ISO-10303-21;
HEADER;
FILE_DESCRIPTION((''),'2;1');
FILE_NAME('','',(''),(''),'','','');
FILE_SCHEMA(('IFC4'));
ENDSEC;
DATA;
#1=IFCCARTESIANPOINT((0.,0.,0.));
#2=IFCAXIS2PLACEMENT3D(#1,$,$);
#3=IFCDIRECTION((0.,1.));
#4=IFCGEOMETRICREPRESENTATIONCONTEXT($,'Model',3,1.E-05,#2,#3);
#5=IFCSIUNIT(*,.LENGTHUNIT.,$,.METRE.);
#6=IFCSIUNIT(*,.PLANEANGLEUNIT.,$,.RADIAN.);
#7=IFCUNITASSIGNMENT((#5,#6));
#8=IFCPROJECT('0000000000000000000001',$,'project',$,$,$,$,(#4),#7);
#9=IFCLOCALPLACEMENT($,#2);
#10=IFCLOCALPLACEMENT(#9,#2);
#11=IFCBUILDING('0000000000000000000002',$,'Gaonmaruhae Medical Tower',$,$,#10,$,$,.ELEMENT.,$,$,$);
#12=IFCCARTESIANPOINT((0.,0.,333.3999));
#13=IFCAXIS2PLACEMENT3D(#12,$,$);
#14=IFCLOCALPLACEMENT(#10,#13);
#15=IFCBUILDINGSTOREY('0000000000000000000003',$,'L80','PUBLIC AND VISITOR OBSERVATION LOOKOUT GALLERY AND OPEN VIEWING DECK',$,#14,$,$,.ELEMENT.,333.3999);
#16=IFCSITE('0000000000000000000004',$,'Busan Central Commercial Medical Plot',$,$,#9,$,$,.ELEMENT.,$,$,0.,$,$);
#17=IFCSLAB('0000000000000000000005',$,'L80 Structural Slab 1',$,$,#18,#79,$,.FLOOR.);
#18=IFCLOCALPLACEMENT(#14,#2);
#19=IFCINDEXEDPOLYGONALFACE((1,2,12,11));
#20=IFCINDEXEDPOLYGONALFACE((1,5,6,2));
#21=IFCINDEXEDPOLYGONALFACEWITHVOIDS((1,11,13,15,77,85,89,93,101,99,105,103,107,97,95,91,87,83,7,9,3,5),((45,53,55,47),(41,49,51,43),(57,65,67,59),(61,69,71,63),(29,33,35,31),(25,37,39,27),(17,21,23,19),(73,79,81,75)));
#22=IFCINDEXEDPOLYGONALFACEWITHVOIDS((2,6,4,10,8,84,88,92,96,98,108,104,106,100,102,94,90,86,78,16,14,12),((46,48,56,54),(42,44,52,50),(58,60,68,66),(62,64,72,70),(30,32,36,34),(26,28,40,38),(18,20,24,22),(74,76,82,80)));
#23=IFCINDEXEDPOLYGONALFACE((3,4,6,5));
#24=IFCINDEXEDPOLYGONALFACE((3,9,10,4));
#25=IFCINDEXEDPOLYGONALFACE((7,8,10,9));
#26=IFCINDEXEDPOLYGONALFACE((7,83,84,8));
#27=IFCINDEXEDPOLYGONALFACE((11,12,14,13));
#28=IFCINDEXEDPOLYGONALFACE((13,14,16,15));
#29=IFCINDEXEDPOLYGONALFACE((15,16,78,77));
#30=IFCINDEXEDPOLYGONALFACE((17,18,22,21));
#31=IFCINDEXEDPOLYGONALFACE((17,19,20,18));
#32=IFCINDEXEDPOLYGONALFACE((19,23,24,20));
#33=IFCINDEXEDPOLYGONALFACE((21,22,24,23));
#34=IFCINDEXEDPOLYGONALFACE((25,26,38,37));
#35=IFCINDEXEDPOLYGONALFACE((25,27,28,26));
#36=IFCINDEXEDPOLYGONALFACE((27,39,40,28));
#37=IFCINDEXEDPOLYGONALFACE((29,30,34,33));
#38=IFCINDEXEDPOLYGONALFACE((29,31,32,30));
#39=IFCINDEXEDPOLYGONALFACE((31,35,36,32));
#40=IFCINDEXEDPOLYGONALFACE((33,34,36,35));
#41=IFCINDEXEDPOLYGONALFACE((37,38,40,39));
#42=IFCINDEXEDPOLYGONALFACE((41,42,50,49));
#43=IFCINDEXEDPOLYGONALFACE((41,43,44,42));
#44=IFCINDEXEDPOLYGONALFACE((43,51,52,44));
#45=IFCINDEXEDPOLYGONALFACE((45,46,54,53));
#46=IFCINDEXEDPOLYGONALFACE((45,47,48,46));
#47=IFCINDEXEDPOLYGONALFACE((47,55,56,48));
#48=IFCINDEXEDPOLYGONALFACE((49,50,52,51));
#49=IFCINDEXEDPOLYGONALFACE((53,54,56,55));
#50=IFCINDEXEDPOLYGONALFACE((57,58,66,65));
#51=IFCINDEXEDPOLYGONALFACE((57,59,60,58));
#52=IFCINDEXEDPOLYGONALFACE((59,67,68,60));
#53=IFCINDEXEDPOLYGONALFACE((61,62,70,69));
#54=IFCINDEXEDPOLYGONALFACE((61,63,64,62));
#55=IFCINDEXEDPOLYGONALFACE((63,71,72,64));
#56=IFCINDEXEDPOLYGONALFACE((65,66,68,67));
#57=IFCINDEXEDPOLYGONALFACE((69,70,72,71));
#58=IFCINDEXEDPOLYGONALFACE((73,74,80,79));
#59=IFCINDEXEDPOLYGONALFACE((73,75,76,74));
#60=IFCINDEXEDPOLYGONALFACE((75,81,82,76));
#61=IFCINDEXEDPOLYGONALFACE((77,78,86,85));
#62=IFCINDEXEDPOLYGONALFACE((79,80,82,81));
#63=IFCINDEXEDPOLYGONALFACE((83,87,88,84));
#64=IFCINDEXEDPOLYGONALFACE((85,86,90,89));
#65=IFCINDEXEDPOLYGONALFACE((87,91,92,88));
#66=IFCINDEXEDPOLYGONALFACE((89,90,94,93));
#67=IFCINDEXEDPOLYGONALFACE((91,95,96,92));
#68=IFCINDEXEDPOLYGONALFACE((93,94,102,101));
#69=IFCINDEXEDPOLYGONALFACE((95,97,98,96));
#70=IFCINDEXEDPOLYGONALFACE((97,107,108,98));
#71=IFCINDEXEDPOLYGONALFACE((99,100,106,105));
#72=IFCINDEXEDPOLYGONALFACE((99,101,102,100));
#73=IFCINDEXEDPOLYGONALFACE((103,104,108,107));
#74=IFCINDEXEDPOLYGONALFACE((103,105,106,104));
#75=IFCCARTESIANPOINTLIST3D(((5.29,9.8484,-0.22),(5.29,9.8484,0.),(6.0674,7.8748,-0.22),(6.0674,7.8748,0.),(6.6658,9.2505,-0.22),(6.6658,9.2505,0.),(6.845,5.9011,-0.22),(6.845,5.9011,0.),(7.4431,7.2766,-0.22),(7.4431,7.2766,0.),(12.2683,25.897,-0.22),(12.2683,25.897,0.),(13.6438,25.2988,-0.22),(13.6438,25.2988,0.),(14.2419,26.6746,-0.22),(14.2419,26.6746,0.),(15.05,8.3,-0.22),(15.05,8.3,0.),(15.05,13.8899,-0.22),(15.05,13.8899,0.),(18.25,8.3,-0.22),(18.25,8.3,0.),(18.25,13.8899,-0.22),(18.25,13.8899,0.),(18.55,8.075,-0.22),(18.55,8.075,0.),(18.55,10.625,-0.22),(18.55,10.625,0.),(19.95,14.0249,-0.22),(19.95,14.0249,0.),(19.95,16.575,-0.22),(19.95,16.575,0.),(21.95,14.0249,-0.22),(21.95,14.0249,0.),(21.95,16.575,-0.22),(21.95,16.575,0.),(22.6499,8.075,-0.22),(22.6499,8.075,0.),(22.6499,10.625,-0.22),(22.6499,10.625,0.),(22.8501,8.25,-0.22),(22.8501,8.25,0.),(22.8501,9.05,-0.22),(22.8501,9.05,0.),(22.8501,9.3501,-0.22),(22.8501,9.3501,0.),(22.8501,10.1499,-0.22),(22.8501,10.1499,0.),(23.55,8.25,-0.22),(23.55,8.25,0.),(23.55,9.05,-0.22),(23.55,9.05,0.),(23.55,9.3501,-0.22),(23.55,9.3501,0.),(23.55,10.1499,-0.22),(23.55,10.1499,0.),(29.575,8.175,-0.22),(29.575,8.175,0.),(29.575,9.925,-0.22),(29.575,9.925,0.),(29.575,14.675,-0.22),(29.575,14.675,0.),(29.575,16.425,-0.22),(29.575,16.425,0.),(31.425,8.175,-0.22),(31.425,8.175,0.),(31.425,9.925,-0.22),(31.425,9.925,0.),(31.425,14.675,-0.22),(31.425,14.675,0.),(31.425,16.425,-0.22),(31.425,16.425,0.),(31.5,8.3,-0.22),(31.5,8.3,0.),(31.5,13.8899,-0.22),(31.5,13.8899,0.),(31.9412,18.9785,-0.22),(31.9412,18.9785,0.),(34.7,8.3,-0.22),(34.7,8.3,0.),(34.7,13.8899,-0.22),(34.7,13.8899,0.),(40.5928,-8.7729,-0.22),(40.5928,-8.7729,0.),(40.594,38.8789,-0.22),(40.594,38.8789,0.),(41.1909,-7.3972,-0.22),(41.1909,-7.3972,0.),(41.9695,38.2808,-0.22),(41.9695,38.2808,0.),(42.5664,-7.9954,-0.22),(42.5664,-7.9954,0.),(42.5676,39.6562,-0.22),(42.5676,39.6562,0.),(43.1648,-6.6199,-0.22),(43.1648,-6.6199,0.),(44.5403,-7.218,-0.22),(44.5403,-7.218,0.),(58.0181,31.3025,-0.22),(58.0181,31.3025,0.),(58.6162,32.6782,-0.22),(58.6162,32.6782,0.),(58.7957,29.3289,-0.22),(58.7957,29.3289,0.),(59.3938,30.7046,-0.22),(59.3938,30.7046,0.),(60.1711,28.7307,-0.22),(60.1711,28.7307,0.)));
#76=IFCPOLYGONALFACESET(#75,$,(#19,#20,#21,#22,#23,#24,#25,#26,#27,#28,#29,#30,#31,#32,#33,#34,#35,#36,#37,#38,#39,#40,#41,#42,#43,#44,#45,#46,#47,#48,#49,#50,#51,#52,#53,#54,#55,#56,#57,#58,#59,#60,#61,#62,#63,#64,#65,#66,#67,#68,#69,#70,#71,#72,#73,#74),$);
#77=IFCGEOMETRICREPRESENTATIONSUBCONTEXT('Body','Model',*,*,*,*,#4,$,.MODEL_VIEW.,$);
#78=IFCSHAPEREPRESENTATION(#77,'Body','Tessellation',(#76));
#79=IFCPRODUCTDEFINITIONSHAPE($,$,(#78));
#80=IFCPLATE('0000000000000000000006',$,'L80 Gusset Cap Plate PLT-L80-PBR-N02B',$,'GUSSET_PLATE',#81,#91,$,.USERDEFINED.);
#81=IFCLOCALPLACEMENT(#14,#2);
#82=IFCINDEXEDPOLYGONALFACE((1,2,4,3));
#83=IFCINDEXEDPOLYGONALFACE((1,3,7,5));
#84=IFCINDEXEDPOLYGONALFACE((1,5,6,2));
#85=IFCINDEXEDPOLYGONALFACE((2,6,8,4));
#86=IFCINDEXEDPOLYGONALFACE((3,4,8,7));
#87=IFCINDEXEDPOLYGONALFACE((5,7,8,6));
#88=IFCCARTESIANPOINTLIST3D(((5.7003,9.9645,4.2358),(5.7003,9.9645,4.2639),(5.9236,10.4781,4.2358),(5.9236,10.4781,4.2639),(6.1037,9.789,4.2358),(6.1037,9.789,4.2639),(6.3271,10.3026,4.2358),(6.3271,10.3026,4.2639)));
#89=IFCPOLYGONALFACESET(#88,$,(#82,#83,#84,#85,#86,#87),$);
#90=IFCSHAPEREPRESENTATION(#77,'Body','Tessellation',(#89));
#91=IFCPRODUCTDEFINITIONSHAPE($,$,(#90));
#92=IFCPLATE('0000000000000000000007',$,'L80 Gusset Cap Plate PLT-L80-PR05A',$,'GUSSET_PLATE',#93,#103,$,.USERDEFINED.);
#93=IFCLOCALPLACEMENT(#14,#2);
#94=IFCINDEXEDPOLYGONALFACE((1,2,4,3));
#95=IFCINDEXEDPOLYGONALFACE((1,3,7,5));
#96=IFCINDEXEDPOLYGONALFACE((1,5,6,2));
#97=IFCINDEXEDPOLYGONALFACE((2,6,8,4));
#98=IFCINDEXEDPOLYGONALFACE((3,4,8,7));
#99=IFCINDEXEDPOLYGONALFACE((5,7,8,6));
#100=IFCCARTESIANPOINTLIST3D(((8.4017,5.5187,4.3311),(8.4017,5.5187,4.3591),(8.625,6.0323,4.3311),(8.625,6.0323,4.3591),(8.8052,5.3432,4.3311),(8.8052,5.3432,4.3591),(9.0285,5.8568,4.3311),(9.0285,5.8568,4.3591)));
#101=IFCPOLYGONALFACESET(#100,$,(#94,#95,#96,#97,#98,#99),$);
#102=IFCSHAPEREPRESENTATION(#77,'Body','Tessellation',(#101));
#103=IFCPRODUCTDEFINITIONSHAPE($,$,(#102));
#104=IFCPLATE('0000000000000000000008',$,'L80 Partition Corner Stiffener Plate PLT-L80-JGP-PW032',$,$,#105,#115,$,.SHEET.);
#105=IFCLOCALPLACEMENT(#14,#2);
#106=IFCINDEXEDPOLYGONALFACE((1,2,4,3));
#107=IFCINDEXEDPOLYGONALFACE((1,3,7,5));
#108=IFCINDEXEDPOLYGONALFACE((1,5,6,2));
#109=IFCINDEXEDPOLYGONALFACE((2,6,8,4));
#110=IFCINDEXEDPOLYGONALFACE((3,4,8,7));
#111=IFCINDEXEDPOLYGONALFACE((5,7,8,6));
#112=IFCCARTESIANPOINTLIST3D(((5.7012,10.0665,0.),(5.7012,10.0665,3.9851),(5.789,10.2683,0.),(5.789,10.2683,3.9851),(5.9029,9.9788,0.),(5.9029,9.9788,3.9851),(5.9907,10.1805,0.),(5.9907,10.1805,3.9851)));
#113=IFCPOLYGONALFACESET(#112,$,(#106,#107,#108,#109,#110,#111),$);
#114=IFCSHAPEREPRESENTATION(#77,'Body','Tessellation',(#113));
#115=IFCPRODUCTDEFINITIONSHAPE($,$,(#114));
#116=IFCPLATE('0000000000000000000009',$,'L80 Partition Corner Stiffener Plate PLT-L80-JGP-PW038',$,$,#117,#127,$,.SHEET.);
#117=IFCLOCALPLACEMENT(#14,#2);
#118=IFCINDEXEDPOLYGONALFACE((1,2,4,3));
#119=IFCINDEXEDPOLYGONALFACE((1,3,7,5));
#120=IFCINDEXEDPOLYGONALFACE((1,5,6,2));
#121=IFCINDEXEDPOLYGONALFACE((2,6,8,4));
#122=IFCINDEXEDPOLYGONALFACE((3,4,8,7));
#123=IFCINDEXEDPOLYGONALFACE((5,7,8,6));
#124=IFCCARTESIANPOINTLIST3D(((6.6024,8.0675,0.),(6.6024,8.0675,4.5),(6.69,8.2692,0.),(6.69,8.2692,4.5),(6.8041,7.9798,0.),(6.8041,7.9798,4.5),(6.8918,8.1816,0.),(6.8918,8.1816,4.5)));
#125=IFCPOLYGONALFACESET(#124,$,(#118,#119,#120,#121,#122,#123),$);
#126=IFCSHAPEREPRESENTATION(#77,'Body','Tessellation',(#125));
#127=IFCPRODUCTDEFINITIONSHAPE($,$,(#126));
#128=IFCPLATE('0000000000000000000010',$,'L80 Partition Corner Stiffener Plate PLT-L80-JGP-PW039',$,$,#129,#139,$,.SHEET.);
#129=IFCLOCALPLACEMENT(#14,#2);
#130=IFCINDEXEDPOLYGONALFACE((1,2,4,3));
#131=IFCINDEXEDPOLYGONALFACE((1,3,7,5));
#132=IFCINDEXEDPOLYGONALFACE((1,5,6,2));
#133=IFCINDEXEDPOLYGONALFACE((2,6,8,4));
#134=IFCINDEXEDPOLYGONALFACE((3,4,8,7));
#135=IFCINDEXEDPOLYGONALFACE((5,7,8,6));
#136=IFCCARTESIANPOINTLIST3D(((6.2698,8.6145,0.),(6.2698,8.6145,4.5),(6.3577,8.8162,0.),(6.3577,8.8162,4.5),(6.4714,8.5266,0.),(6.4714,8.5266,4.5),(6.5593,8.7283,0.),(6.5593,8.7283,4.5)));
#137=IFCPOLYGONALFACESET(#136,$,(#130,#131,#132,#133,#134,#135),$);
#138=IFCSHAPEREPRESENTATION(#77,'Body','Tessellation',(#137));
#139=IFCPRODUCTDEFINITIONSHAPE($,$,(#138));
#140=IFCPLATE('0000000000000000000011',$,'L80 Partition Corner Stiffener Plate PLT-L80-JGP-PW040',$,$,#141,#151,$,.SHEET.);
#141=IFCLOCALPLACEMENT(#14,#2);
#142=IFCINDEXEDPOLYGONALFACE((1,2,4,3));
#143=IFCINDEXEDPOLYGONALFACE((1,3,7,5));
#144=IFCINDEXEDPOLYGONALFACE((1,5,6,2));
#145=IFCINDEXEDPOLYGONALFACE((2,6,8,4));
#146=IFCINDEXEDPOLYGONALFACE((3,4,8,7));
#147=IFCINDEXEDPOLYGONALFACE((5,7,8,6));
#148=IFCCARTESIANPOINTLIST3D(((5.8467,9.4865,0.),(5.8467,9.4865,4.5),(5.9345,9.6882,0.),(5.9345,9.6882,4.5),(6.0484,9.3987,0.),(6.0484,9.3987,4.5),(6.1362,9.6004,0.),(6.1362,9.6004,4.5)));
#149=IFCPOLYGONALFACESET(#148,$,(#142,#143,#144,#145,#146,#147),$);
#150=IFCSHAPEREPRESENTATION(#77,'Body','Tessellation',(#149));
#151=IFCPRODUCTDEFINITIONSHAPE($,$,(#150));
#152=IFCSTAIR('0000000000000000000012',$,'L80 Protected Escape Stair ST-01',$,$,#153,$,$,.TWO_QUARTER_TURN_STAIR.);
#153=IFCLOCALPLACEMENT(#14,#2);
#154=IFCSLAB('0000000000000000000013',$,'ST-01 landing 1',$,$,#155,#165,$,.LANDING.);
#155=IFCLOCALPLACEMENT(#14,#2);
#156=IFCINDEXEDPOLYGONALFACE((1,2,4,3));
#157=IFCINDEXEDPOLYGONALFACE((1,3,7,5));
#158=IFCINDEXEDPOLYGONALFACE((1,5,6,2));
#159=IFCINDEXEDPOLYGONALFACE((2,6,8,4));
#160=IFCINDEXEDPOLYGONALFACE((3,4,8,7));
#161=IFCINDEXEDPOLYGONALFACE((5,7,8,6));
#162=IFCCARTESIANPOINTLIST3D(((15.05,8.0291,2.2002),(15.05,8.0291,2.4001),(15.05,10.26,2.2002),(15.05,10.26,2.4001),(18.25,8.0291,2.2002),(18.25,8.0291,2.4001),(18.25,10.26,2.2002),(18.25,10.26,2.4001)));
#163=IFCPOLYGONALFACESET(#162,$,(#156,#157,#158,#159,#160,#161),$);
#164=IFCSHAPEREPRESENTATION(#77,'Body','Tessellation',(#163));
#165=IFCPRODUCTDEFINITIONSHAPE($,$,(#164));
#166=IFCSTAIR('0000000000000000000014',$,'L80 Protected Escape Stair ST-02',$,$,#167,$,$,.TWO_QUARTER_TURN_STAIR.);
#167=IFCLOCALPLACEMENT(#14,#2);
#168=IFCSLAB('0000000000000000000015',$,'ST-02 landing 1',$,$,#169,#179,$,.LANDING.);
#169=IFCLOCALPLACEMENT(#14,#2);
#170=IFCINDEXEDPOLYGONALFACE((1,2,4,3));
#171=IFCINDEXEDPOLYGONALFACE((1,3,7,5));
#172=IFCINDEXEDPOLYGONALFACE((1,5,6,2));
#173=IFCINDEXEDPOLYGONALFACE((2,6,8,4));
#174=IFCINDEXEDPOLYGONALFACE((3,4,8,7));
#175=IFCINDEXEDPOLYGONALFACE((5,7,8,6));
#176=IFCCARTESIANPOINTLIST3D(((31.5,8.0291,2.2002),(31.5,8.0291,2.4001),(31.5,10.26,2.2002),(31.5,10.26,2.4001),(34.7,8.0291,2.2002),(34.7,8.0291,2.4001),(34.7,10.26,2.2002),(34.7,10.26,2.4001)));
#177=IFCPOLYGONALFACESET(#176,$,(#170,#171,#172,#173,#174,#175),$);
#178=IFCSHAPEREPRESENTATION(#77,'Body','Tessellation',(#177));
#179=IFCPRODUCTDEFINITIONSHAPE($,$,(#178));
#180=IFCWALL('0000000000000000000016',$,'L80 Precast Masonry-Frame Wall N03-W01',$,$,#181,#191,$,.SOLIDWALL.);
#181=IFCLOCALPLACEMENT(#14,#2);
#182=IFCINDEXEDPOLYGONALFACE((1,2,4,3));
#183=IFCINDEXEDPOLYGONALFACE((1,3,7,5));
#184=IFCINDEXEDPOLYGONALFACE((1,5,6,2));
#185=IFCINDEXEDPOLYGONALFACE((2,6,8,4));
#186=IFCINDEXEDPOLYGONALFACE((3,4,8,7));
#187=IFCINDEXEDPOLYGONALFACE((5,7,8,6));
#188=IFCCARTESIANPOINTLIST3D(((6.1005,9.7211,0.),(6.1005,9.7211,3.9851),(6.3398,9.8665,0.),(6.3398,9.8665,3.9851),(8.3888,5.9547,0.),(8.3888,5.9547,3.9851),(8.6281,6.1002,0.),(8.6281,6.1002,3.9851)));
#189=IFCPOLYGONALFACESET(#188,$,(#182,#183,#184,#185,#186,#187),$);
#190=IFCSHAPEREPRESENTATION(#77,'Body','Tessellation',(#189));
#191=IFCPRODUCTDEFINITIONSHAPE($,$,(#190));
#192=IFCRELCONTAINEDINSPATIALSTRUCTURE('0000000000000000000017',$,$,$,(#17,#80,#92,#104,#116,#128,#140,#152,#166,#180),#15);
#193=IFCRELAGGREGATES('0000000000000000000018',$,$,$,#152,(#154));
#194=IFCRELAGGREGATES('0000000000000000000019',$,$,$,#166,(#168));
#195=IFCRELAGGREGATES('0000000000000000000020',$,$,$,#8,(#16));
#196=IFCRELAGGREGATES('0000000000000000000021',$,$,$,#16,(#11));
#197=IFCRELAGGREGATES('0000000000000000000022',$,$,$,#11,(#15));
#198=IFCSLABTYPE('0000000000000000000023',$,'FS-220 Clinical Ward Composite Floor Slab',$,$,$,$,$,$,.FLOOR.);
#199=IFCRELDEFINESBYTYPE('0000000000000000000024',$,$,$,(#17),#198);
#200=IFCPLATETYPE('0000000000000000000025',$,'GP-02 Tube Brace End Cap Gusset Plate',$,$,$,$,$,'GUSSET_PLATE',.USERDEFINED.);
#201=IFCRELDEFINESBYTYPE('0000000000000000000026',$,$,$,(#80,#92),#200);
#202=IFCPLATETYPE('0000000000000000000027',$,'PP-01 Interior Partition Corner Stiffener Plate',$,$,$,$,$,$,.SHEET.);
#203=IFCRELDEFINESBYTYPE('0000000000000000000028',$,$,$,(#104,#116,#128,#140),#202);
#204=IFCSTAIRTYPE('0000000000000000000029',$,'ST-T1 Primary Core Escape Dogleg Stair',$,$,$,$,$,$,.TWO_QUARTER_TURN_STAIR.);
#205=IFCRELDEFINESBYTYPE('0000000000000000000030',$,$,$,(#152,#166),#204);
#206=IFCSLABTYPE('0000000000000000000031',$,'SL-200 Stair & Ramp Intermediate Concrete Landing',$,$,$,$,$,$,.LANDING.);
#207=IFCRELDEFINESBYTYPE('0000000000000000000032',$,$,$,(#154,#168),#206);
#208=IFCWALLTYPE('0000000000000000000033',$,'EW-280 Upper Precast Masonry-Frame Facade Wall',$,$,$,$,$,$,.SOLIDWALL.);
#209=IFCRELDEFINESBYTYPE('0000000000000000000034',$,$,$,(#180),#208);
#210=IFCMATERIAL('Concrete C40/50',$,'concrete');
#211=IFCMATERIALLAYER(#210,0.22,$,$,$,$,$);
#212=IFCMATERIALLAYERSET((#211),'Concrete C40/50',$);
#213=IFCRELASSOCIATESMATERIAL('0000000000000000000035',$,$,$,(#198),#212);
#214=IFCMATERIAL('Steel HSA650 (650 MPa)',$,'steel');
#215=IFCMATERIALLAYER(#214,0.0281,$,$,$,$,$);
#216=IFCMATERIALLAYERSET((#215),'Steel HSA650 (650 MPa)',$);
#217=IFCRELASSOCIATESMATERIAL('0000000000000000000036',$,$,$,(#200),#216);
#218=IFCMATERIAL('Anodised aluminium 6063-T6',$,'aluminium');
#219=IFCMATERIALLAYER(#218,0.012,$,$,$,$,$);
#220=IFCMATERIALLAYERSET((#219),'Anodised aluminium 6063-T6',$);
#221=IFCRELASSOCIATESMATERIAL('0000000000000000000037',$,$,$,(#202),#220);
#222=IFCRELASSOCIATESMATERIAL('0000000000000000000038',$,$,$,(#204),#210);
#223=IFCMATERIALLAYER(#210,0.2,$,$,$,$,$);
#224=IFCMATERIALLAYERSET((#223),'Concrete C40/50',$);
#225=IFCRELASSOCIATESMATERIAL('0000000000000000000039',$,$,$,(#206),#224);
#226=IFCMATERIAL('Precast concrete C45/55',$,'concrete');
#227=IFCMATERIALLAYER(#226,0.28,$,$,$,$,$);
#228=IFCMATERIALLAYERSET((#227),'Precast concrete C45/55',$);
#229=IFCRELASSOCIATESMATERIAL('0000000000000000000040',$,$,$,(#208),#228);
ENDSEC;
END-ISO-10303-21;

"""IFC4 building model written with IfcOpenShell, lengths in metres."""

from ifc_helpers import new_model, si_unit, direction, frame, frame_2d, origin, origin_2d, place, context, subcontext, project, spatial, polyline, rectangle, outline, extrude, material, layer, layer_set, type_object, element, aggregate, save


model = new_model("IFC4")

# Units and contexts
model_context = context("Model", 3, precision=1e-05, world=origin(), true_north=direction((0.0, 1.0)))
body_context = subcontext(model_context, "Body", "Model", "MODEL_VIEW")
ifc_project = project(units=[si_unit("LENGTHUNIT", "METRE"), si_unit("PLANEANGLEUNIT", "RADIAN")], contexts=[model_context])

# Site, building, storey
site_placement = place(None, origin())
site = spatial("IfcSite", under=ifc_project, at=site_placement, Name="Busan Central Commercial Medical Plot", CompositionType="ELEMENT", RefElevation=0.0)
building_placement = place(site_placement, origin())
building = spatial("IfcBuilding", under=site, at=building_placement, Name="Gaonmaruhae Medical Tower", CompositionType="ELEMENT")
storey_placement = place(building_placement, frame((0.0, 0.0, 333.3999)))
storey = spatial("IfcBuildingStorey", under=building, at=storey_placement, Name="L80", Description="PUBLIC AND VISITOR OBSERVATION LOOKOUT GALLERY AND OPEN VIEWING DECK", CompositionType="ELEMENT", Elevation=333.3999)

# Slab
ifc_material_1 = material(Name="Concrete C40/50", Category="concrete")
ifc_layer_1 = layer(ifc_material_1, 0.22)
ifc_layer_set_1 = layer_set([ifc_layer_1], Name="Concrete C40/50")
slab_type_1 = type_object("IfcSlabType", Name="FS-220 Clinical Ward Composite Floor Slab", PredefinedType="FLOOR", material=ifc_layer_set_1)
slab_1_placement = place(storey_placement, frame((0.0, 0.0, -0.22)))
element("IfcSlab", 1, at=slab_1_placement, inside=storey, type_object=slab_type_1, Name="L80 Structural Slab 1", PredefinedType="FLOOR", context=body_context, shape_type="SweptSolid", body=[
    extrude(outline(polyline([(44.5403, -7.218), (60.1711, 28.7307), (58.7957, 29.3289), (59.3938, 30.7046), (58.0181, 31.3025), (58.6162, 32.6782), (42.5676, 39.6562), (41.9695, 38.2808), (40.594, 38.8789), (31.9412, 18.9785), (14.2419, 26.6746), (13.6438, 25.2988), (12.2683, 25.897), (5.29, 9.8484), (6.6658, 9.2505), (6.0674, 7.8748), (7.4431, 7.2766), (6.845, 5.9011), (40.5928, -8.7729), (41.1909, -7.3972), (42.5664, -7.9954), (43.1648, -6.6199), (44.5403, -7.218)]), holes=[polyline([(23.55, 8.25), (22.8501, 8.25), (22.8501, 9.05), (23.55, 9.05), (23.55, 8.25)]), polyline([(29.575, 9.925), (31.425, 9.925), (31.425, 8.175), (29.575, 8.175), (29.575, 9.925)]), polyline([(18.55, 10.625), (22.6499, 10.625), (22.6499, 8.075), (18.55, 8.075), (18.55, 10.625)]), polyline([(23.55, 9.3501), (22.8501, 9.3501), (22.8501, 10.1499), (23.55, 10.1499), (23.55, 9.3501)]), polyline([(15.05, 13.8899), (18.25, 13.8899), (18.25, 8.3), (15.05, 8.3), (15.05, 13.8899)]), polyline([(31.5, 13.8899), (34.7, 13.8899), (34.7, 8.3), (31.5, 8.3), (31.5, 13.8899)]), polyline([(21.95, 16.575), (21.95, 14.0249), (19.95, 14.0249), (19.95, 16.575), (21.95, 16.575)]), polyline([(31.425, 16.425), (31.425, 14.675), (29.575, 14.675), (29.575, 16.425), (31.425, 16.425)])]), origin(), (0.0, 0.0, 1.0), 0.22),
])

# Plates
ifc_material_2 = material(Name="Steel HSA650 (650 MPa)", Category="steel")
ifc_layer_2 = layer(ifc_material_2, 0.0281)
ifc_layer_set_2 = layer_set([ifc_layer_2], Name="Steel HSA650 (650 MPa)")
plate_type_1 = type_object("IfcPlateType", Name="GP-02 Tube Brace End Cap Gusset Plate", ElementType="GUSSET_PLATE", PredefinedType="USERDEFINED", material=ifc_layer_set_2)
for number, where, z_axis, x_axis, name in (
    (2, (6.0137, 10.1335, 4.2358), (0.0, 0.0, 1.0), (0.398749, 0.91706, 0.0), "L80 Gusset Cap Plate PLT-L80-PBR-N02B"),
    (3, (8.7151, 5.6877, 4.3311), (0.0, 0.0, 1.0), (0.398749, 0.91706, 0.0), "L80 Gusset Cap Plate PLT-L80-PR05A"),
):
    element("IfcPlate", number, at=place(storey_placement, frame(where, z_axis=z_axis, x_axis=x_axis)), inside=storey, type_object=plate_type_1, Name=name, ObjectType="GUSSET_PLATE", PredefinedType="USERDEFINED", context=body_context, shape_type="SweptSolid", body=[
        extrude(rectangle(XDim=0.5601, YDim=0.4399, at=origin_2d()), origin(), (0.0, 0.0, 1.0), 0.0281),
    ])
ifc_material_3 = material(Name="Anodised aluminium 6063-T6", Category="aluminium")
ifc_layer_3 = layer(ifc_material_3, 0.012)
ifc_layer_set_3 = layer_set([ifc_layer_3], Name="Anodised aluminium 6063-T6")
plate_type_2 = type_object("IfcPlateType", Name="PP-01 Interior Partition Corner Stiffener Plate", PredefinedType="SHEET", material=ifc_layer_set_3)
plate_placement = place(storey_placement, frame((5.8459, 10.1235, 0.0), z_axis=(0.0, 0.0, 1.0), x_axis=(0.398877, 0.917004, 0.0)))
element("IfcPlate", 4, at=plate_placement, inside=storey, type_object=plate_type_2, Name="L80 Partition Corner Stiffener Plate PLT-L80-JGP-PW032", PredefinedType="SHEET", context=body_context, shape_type="SweptSolid", body=[
    extrude(rectangle(XDim=0.22, YDim=0.22, at=origin_2d()), origin(), (0.0, 0.0, 1.0), 3.9851),
])
for number, where, z_axis, x_axis, name in (
    (5, (6.7471, 8.1245, 0.0), (0.0, 0.0, 1.0), (-0.917206, 0.398413, 0.0), "L80 Partition Corner Stiffener Plate PLT-L80-JGP-PW038"),
    (6, (6.4146, 8.6714, 0.0), (0.0, 0.0, 1.0), (0.399469, 0.916747, 0.0), "L80 Partition Corner Stiffener Plate PLT-L80-JGP-PW039"),
    (7, (5.9915, 9.5435, 0.0), (0.0, 0.0, 1.0), (-0.917004, 0.398877, 0.0), "L80 Partition Corner Stiffener Plate PLT-L80-JGP-PW040"),
):
    element("IfcPlate", number, at=place(storey_placement, frame(where, z_axis=z_axis, x_axis=x_axis)), inside=storey, type_object=plate_type_2, Name=name, PredefinedType="SHEET", context=body_context, shape_type="SweptSolid", body=[
        extrude(rectangle(XDim=0.22, YDim=0.22, at=origin_2d()), origin(), (0.0, 0.0, 1.0), 4.5),
    ])

# Stairs, slabs
stair_type = type_object("IfcStairType", Name="ST-T1 Primary Core Escape Dogleg Stair", PredefinedType="TWO_QUARTER_TURN_STAIR", material=ifc_material_1)
stair_1_placement = place(storey_placement, origin())
stair_1 = element("IfcStair", 8, at=stair_1_placement, inside=storey, type_object=stair_type, Name="L80 Protected Escape Stair ST-01", PredefinedType="TWO_QUARTER_TURN_STAIR")
ifc_layer_4 = layer(ifc_material_1, 0.2)
ifc_layer_set_4 = layer_set([ifc_layer_4], Name="Concrete C40/50")
slab_type_2 = type_object("IfcSlabType", Name="SL-200 Stair & Ramp Intermediate Concrete Landing", PredefinedType="LANDING", material=ifc_layer_set_4)
slab_2_placement = place(storey_placement, frame((0.0, 0.0, 2.2002)))
slab_2 = element("IfcSlab", 9, at=slab_2_placement, type_object=slab_type_2, Name="ST-01 landing 1", PredefinedType="LANDING", context=body_context, shape_type="SweptSolid", body=[
    extrude(outline(polyline([(15.05, 10.26), (15.05, 8.0291), (18.25, 8.0291), (18.25, 10.26), (15.05, 10.26)])), origin(), (0.0, 0.0, 1.0), 0.2),
])
aggregate(stair_1, [slab_2])
stair_2_placement = place(storey_placement, origin())
stair_2 = element("IfcStair", 10, at=stair_2_placement, inside=storey, type_object=stair_type, Name="L80 Protected Escape Stair ST-02", PredefinedType="TWO_QUARTER_TURN_STAIR")
slab_3_placement = place(storey_placement, frame((0.0, 0.0, 2.2002)))
slab_3 = element("IfcSlab", 11, at=slab_3_placement, type_object=slab_type_2, Name="ST-02 landing 1", PredefinedType="LANDING", context=body_context, shape_type="SweptSolid", body=[
    extrude(outline(polyline([(31.5, 10.26), (31.5, 8.0291), (34.7, 8.0291), (34.7, 10.26), (31.5, 10.26)])), origin(), (0.0, 0.0, 1.0), 0.2),
])
aggregate(stair_2, [slab_3])

# Wall
ifc_material_4 = material(Name="Precast concrete C45/55", Category="concrete")
ifc_layer_5 = layer(ifc_material_4, 0.28)
ifc_layer_set_5 = layer_set([ifc_layer_5], Name="Precast concrete C45/55")
wall_type_1 = type_object("IfcWallType", Name="EW-280 Upper Precast Masonry-Frame Facade Wall", PredefinedType="SOLIDWALL", material=ifc_layer_set_5)
wall_1_placement = place(storey_placement, frame((8.5085, 6.0273, 0.0), z_axis=(0.0, 0.0, 1.0), x_axis=(-0.519246, 0.854625, 0.0)))
element("IfcWall", 12, at=wall_1_placement, inside=storey, type_object=wall_type_1, Name="L80 Precast Masonry-Frame Wall N03-W01", PredefinedType="SOLIDWALL", context=body_context, shape_type="SweptSolid", body=[
    extrude(rectangle(XDim=4.407, YDim=0.28, at=frame_2d((2.2036, 0.0))), origin(), (0.0, 0.0, 1.0), 3.9851),
])

save(model, "model.ifc")
